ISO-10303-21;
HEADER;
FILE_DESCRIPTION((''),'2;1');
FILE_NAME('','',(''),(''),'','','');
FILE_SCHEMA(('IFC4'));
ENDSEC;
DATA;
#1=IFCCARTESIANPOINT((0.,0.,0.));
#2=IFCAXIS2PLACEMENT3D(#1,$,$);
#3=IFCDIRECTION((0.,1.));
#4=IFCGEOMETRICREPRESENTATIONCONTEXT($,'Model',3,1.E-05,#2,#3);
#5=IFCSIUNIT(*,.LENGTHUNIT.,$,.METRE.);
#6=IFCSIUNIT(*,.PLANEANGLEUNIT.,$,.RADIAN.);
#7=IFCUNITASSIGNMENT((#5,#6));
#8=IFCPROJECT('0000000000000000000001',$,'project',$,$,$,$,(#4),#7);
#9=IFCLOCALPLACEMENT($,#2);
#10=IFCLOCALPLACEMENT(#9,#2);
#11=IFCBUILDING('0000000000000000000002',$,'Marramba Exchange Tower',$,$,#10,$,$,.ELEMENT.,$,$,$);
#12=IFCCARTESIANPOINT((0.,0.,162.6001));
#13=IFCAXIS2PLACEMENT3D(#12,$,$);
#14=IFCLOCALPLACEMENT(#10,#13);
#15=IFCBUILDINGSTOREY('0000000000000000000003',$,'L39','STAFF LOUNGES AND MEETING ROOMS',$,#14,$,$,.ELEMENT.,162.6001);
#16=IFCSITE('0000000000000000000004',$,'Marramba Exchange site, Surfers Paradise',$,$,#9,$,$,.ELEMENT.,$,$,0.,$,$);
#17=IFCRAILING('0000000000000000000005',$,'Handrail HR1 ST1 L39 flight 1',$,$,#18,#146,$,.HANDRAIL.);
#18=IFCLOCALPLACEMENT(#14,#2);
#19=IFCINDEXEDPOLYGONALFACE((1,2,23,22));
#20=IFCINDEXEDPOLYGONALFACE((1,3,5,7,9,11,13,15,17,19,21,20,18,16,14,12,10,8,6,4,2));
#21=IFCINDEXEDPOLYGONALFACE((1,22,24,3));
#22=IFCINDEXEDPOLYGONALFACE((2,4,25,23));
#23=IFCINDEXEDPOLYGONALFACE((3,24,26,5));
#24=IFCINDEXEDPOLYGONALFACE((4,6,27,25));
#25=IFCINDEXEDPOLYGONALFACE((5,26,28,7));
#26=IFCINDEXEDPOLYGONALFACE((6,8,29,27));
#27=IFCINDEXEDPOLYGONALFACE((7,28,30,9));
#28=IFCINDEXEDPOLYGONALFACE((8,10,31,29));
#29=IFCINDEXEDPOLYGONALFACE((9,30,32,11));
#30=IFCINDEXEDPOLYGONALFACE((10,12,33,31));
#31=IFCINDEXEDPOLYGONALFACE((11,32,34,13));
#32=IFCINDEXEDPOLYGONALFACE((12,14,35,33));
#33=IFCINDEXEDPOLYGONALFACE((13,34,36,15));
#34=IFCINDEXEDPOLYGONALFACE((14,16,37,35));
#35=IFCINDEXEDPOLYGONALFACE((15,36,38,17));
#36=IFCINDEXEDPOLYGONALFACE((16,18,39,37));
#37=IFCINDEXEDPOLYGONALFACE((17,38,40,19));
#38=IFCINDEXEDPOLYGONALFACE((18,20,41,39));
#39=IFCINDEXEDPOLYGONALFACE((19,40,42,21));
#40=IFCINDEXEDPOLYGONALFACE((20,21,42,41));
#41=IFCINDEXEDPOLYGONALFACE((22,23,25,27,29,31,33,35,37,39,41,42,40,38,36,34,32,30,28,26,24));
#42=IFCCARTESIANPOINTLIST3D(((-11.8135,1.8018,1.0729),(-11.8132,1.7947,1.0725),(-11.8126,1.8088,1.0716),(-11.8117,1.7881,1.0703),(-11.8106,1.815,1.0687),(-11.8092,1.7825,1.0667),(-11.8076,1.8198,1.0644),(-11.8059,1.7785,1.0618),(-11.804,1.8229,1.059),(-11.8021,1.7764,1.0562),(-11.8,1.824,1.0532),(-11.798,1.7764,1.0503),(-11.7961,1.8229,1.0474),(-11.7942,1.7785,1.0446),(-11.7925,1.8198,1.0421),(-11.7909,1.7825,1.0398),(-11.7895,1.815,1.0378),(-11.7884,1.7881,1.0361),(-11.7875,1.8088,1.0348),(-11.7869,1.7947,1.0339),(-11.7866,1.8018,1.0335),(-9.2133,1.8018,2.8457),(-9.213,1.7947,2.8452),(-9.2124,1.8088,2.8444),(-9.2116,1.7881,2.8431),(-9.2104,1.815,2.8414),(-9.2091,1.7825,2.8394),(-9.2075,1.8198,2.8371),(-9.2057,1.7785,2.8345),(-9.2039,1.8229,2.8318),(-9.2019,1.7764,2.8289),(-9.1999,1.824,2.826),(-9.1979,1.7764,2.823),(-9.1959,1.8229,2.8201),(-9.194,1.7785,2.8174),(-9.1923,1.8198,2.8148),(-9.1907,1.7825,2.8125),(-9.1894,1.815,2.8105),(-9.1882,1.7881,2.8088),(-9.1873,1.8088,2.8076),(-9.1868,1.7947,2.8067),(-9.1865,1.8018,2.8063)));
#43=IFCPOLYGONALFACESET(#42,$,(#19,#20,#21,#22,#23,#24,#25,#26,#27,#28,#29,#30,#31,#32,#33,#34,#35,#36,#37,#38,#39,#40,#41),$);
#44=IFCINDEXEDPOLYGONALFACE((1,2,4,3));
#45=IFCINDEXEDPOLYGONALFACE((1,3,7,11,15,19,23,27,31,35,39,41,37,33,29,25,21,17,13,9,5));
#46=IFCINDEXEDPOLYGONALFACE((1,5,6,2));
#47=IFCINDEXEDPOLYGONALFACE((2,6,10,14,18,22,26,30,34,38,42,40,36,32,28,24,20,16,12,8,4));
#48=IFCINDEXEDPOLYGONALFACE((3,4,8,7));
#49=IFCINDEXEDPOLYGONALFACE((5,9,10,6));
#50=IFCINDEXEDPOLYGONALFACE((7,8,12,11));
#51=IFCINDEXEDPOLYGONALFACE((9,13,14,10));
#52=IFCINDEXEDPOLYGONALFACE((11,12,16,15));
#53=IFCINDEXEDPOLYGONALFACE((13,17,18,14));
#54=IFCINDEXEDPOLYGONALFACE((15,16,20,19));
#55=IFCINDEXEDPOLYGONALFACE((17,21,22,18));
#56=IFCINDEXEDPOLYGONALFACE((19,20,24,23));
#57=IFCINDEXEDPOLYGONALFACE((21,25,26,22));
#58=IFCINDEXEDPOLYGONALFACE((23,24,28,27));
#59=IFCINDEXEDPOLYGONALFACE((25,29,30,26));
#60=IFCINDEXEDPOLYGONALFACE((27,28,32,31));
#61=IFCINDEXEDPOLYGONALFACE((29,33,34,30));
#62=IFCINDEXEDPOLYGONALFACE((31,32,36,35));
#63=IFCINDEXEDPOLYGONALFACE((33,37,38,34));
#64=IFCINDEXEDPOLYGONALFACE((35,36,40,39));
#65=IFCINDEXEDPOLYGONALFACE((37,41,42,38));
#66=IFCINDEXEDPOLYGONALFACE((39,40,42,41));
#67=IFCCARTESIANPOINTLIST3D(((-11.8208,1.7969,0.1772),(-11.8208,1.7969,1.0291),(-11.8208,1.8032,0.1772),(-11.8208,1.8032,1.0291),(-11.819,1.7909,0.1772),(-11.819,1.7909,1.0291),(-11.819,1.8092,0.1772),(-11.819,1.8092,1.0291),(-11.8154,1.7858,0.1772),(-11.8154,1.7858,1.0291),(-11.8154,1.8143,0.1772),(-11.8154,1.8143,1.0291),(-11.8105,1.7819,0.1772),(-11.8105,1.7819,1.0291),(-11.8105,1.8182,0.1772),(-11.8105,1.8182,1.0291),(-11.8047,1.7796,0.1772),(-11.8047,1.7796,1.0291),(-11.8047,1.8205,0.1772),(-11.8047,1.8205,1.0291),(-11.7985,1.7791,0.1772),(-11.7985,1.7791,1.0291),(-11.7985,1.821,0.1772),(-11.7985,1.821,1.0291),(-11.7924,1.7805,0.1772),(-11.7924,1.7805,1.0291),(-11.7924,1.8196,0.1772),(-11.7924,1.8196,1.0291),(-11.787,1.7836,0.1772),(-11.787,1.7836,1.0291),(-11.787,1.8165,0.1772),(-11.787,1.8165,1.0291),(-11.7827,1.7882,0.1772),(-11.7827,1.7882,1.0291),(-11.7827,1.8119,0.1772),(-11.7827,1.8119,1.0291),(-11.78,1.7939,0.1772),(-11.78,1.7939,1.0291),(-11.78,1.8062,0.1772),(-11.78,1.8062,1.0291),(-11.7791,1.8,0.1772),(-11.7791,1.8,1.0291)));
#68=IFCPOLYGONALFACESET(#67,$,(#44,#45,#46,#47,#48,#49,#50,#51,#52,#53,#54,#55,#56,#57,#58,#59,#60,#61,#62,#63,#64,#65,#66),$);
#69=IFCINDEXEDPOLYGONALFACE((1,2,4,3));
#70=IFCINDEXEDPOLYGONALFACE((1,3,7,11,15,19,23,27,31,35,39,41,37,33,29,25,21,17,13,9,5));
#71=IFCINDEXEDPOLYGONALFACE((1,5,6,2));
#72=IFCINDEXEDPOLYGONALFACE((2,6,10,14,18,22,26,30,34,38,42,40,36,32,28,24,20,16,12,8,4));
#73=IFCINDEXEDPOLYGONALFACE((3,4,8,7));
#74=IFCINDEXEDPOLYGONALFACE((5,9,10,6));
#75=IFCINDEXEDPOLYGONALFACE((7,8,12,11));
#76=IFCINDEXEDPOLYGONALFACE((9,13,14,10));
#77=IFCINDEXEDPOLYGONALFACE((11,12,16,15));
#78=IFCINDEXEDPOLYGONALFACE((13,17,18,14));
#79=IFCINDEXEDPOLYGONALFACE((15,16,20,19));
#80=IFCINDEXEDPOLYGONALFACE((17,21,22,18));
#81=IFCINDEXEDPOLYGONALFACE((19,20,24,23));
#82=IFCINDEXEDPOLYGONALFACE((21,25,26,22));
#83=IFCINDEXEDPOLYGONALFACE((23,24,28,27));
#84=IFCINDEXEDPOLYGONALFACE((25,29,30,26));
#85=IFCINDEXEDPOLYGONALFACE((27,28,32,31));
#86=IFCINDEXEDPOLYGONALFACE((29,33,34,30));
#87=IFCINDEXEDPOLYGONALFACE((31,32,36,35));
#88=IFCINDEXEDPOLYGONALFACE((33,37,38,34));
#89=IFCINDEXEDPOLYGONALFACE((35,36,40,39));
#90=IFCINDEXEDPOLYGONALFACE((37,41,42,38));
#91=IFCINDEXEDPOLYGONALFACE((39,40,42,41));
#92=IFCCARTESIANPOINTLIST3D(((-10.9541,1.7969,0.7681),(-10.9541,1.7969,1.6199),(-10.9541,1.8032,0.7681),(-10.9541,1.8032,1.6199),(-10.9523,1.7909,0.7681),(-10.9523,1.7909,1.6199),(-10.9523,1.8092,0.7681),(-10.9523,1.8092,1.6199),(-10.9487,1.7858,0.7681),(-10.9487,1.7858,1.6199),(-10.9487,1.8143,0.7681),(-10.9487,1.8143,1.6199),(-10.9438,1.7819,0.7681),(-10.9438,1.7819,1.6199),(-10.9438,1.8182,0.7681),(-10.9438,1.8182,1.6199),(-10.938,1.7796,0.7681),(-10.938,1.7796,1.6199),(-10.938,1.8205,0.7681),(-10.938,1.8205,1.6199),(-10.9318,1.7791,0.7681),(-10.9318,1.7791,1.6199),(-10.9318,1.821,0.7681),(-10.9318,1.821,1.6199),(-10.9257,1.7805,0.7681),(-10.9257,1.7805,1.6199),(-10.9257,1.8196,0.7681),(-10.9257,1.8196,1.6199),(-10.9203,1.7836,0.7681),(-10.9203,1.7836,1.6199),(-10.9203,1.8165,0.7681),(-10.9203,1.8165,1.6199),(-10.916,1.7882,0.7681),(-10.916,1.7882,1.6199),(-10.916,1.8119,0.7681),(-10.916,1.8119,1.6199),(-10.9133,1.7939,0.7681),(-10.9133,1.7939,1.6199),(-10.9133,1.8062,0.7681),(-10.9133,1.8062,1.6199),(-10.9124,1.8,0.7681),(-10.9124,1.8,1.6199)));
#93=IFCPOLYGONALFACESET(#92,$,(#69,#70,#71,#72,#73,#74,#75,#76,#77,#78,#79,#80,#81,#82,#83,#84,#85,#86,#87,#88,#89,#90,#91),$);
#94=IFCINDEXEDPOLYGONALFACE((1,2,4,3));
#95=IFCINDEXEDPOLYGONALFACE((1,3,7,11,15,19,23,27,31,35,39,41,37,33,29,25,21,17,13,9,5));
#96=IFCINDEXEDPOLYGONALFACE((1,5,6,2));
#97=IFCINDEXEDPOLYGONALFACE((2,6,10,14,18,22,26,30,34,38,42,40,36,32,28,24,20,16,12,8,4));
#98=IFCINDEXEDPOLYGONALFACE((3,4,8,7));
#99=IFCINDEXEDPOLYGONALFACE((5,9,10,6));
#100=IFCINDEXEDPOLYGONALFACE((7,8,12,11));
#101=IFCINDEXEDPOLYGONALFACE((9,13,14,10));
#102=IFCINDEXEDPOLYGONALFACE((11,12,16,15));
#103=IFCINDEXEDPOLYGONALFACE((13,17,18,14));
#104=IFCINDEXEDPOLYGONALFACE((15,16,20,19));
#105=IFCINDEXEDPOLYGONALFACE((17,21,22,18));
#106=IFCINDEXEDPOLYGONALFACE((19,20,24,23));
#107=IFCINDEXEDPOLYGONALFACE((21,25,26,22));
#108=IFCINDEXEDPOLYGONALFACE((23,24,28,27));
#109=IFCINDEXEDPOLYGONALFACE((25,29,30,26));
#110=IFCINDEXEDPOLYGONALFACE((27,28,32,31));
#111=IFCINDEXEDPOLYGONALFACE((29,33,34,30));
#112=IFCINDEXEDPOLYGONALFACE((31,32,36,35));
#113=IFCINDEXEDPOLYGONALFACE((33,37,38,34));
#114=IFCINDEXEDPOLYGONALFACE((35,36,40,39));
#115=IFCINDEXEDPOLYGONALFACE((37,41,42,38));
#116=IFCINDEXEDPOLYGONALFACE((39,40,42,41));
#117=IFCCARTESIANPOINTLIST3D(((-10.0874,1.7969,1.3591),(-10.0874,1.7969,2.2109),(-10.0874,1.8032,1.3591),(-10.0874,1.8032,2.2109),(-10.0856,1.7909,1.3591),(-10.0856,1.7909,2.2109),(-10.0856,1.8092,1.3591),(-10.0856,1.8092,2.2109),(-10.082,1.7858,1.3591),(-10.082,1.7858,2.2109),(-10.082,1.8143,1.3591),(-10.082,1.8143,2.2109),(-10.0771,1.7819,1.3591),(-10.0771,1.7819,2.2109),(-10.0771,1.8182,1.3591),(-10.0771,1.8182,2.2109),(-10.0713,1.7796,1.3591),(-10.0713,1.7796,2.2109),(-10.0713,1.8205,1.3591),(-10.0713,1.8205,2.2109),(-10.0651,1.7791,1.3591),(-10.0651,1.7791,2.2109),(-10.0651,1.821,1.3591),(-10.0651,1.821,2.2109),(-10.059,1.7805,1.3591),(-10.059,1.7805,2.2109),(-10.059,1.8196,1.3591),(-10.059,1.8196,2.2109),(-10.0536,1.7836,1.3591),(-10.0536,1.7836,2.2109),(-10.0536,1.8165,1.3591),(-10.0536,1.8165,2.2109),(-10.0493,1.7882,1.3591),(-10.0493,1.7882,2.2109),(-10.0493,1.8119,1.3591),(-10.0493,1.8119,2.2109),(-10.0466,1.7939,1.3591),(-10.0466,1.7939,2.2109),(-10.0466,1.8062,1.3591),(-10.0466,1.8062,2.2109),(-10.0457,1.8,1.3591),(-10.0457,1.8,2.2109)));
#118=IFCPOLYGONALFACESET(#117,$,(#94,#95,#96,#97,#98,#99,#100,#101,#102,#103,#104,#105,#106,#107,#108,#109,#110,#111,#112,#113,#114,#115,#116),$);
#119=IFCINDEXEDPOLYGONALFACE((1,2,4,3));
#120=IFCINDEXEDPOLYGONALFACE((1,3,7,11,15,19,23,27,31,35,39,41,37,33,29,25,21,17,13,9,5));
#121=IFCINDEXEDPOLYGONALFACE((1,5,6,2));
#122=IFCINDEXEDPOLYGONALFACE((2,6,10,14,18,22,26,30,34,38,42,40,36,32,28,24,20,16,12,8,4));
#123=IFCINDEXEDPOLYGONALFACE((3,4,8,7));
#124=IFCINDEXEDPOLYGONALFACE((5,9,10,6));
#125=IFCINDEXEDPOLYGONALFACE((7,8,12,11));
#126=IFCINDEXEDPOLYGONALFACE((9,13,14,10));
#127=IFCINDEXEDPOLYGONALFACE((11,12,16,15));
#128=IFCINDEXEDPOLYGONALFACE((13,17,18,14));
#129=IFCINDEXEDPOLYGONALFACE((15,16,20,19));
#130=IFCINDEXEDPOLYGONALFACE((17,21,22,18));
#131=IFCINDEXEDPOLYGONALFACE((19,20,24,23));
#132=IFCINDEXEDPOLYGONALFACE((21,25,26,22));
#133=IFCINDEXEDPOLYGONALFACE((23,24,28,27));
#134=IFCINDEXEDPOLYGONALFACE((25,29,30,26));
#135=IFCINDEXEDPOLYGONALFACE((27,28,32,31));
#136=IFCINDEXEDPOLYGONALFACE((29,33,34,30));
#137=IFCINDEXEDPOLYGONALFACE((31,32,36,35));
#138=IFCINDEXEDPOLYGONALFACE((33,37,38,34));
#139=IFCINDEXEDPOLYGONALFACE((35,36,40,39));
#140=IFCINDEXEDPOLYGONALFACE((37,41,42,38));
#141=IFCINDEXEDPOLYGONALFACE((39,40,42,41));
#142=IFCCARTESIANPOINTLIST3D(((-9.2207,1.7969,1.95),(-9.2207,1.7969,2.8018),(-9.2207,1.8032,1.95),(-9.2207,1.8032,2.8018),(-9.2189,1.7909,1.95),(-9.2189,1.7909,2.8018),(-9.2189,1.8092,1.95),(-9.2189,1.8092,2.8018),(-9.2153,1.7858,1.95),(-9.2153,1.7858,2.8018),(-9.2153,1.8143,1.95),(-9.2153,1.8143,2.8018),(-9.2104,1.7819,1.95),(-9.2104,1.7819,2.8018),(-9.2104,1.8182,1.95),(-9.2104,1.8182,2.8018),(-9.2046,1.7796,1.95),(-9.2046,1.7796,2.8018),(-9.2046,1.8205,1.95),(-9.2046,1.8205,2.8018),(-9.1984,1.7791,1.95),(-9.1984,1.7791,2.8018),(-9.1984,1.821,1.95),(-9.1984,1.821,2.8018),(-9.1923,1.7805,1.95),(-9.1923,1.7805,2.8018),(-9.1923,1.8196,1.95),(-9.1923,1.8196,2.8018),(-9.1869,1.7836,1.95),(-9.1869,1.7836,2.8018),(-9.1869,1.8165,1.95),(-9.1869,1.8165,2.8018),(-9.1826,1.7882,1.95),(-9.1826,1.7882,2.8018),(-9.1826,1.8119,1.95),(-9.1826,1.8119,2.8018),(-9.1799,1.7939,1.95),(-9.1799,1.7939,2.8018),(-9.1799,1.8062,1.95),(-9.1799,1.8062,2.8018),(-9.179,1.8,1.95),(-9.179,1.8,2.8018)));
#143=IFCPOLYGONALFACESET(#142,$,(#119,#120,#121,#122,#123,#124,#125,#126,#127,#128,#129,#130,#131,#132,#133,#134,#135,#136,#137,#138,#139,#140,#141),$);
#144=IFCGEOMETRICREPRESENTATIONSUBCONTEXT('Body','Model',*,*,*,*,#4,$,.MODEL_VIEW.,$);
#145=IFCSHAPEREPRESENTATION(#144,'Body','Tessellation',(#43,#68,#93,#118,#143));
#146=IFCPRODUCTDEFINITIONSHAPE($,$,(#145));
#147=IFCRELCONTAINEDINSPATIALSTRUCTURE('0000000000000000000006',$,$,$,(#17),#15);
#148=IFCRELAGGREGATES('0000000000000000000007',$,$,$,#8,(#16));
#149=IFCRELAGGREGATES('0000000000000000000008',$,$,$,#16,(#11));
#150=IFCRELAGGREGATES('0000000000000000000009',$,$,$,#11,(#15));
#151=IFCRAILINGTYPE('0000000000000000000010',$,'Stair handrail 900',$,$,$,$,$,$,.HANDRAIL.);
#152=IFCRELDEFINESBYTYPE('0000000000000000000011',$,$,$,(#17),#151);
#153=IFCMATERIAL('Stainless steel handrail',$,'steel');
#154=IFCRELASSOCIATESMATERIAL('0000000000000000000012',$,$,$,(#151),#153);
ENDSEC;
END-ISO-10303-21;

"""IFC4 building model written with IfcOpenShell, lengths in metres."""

from ifc_helpers import new_model, si_unit, direction, frame, origin, origin_2d, place, context, subcontext, project, spatial, circle, extrude, material, type_object, element, save


model = new_model("IFC4")

# Units and contexts
model_context = context("Model", 3, precision=1e-05, world=origin(), true_north=direction((0.0, 1.0)))
body_context = subcontext(model_context, "Body", "Model", "MODEL_VIEW")
ifc_project = project(units=[si_unit("LENGTHUNIT", "METRE"), si_unit("PLANEANGLEUNIT", "RADIAN")], contexts=[model_context])

# Site, building, storey
site_placement = place(None, origin())
site = spatial("IfcSite", under=ifc_project, at=site_placement, Name="Marramba Exchange site, Surfers Paradise", CompositionType="ELEMENT", RefElevation=0.0)
building_placement = place(site_placement, origin())
building = spatial("IfcBuilding", under=site, at=building_placement, Name="Marramba Exchange Tower", CompositionType="ELEMENT")
storey_placement = place(building_placement, frame((0.0, 0.0, 162.6001)))
storey = spatial("IfcBuildingStorey", under=building, at=storey_placement, Name="L39", Description="STAFF LOUNGES AND MEETING ROOMS", CompositionType="ELEMENT", Elevation=162.6001)

# Railing
ifc_material_1 = material(Name="Stainless steel handrail", Category="steel")
railing_type = type_object("IfcRailingType", Name="Stair handrail 900", PredefinedType="HANDRAIL", material=ifc_material_1)
railing_placement = place(storey_placement, frame((-11.8, 1.8, 0.1772)))
element("IfcRailing", 1, at=railing_placement, inside=storey, type_object=railing_type, Name="Handrail HR1 ST1 L39 flight 1", PredefinedType="HANDRAIL", context=body_context, shape_type="SweptSolid", body=[
    extrude(circle(Radius=0.0239, at=origin_2d()), frame((0.0, 0.0, 0.876), z_axis=(0.82624, 0.0, 0.563318), x_axis=(0.0, 1.0, 0.0)), (0.0, 0.0, 1.0), 3.147),
    extrude(circle(Radius=0.021, at=origin_2d()), origin(), (0.0, 0.0, 1.0), 0.8518),
    extrude(circle(Radius=0.021, at=origin_2d()), frame((0.8667, 0.0, 0.5908)), (0.0, 0.0, 1.0), 0.8518),
    extrude(circle(Radius=0.021, at=origin_2d()), frame((1.7334, 0.0, 1.1819)), (0.0, 0.0, 1.0), 0.8518),
    extrude(circle(Radius=0.021, at=origin_2d()), frame((2.6001, 0.0, 1.7727)), (0.0, 0.0, 1.0), 0.8518),
])

save(model, "model.ifc")
